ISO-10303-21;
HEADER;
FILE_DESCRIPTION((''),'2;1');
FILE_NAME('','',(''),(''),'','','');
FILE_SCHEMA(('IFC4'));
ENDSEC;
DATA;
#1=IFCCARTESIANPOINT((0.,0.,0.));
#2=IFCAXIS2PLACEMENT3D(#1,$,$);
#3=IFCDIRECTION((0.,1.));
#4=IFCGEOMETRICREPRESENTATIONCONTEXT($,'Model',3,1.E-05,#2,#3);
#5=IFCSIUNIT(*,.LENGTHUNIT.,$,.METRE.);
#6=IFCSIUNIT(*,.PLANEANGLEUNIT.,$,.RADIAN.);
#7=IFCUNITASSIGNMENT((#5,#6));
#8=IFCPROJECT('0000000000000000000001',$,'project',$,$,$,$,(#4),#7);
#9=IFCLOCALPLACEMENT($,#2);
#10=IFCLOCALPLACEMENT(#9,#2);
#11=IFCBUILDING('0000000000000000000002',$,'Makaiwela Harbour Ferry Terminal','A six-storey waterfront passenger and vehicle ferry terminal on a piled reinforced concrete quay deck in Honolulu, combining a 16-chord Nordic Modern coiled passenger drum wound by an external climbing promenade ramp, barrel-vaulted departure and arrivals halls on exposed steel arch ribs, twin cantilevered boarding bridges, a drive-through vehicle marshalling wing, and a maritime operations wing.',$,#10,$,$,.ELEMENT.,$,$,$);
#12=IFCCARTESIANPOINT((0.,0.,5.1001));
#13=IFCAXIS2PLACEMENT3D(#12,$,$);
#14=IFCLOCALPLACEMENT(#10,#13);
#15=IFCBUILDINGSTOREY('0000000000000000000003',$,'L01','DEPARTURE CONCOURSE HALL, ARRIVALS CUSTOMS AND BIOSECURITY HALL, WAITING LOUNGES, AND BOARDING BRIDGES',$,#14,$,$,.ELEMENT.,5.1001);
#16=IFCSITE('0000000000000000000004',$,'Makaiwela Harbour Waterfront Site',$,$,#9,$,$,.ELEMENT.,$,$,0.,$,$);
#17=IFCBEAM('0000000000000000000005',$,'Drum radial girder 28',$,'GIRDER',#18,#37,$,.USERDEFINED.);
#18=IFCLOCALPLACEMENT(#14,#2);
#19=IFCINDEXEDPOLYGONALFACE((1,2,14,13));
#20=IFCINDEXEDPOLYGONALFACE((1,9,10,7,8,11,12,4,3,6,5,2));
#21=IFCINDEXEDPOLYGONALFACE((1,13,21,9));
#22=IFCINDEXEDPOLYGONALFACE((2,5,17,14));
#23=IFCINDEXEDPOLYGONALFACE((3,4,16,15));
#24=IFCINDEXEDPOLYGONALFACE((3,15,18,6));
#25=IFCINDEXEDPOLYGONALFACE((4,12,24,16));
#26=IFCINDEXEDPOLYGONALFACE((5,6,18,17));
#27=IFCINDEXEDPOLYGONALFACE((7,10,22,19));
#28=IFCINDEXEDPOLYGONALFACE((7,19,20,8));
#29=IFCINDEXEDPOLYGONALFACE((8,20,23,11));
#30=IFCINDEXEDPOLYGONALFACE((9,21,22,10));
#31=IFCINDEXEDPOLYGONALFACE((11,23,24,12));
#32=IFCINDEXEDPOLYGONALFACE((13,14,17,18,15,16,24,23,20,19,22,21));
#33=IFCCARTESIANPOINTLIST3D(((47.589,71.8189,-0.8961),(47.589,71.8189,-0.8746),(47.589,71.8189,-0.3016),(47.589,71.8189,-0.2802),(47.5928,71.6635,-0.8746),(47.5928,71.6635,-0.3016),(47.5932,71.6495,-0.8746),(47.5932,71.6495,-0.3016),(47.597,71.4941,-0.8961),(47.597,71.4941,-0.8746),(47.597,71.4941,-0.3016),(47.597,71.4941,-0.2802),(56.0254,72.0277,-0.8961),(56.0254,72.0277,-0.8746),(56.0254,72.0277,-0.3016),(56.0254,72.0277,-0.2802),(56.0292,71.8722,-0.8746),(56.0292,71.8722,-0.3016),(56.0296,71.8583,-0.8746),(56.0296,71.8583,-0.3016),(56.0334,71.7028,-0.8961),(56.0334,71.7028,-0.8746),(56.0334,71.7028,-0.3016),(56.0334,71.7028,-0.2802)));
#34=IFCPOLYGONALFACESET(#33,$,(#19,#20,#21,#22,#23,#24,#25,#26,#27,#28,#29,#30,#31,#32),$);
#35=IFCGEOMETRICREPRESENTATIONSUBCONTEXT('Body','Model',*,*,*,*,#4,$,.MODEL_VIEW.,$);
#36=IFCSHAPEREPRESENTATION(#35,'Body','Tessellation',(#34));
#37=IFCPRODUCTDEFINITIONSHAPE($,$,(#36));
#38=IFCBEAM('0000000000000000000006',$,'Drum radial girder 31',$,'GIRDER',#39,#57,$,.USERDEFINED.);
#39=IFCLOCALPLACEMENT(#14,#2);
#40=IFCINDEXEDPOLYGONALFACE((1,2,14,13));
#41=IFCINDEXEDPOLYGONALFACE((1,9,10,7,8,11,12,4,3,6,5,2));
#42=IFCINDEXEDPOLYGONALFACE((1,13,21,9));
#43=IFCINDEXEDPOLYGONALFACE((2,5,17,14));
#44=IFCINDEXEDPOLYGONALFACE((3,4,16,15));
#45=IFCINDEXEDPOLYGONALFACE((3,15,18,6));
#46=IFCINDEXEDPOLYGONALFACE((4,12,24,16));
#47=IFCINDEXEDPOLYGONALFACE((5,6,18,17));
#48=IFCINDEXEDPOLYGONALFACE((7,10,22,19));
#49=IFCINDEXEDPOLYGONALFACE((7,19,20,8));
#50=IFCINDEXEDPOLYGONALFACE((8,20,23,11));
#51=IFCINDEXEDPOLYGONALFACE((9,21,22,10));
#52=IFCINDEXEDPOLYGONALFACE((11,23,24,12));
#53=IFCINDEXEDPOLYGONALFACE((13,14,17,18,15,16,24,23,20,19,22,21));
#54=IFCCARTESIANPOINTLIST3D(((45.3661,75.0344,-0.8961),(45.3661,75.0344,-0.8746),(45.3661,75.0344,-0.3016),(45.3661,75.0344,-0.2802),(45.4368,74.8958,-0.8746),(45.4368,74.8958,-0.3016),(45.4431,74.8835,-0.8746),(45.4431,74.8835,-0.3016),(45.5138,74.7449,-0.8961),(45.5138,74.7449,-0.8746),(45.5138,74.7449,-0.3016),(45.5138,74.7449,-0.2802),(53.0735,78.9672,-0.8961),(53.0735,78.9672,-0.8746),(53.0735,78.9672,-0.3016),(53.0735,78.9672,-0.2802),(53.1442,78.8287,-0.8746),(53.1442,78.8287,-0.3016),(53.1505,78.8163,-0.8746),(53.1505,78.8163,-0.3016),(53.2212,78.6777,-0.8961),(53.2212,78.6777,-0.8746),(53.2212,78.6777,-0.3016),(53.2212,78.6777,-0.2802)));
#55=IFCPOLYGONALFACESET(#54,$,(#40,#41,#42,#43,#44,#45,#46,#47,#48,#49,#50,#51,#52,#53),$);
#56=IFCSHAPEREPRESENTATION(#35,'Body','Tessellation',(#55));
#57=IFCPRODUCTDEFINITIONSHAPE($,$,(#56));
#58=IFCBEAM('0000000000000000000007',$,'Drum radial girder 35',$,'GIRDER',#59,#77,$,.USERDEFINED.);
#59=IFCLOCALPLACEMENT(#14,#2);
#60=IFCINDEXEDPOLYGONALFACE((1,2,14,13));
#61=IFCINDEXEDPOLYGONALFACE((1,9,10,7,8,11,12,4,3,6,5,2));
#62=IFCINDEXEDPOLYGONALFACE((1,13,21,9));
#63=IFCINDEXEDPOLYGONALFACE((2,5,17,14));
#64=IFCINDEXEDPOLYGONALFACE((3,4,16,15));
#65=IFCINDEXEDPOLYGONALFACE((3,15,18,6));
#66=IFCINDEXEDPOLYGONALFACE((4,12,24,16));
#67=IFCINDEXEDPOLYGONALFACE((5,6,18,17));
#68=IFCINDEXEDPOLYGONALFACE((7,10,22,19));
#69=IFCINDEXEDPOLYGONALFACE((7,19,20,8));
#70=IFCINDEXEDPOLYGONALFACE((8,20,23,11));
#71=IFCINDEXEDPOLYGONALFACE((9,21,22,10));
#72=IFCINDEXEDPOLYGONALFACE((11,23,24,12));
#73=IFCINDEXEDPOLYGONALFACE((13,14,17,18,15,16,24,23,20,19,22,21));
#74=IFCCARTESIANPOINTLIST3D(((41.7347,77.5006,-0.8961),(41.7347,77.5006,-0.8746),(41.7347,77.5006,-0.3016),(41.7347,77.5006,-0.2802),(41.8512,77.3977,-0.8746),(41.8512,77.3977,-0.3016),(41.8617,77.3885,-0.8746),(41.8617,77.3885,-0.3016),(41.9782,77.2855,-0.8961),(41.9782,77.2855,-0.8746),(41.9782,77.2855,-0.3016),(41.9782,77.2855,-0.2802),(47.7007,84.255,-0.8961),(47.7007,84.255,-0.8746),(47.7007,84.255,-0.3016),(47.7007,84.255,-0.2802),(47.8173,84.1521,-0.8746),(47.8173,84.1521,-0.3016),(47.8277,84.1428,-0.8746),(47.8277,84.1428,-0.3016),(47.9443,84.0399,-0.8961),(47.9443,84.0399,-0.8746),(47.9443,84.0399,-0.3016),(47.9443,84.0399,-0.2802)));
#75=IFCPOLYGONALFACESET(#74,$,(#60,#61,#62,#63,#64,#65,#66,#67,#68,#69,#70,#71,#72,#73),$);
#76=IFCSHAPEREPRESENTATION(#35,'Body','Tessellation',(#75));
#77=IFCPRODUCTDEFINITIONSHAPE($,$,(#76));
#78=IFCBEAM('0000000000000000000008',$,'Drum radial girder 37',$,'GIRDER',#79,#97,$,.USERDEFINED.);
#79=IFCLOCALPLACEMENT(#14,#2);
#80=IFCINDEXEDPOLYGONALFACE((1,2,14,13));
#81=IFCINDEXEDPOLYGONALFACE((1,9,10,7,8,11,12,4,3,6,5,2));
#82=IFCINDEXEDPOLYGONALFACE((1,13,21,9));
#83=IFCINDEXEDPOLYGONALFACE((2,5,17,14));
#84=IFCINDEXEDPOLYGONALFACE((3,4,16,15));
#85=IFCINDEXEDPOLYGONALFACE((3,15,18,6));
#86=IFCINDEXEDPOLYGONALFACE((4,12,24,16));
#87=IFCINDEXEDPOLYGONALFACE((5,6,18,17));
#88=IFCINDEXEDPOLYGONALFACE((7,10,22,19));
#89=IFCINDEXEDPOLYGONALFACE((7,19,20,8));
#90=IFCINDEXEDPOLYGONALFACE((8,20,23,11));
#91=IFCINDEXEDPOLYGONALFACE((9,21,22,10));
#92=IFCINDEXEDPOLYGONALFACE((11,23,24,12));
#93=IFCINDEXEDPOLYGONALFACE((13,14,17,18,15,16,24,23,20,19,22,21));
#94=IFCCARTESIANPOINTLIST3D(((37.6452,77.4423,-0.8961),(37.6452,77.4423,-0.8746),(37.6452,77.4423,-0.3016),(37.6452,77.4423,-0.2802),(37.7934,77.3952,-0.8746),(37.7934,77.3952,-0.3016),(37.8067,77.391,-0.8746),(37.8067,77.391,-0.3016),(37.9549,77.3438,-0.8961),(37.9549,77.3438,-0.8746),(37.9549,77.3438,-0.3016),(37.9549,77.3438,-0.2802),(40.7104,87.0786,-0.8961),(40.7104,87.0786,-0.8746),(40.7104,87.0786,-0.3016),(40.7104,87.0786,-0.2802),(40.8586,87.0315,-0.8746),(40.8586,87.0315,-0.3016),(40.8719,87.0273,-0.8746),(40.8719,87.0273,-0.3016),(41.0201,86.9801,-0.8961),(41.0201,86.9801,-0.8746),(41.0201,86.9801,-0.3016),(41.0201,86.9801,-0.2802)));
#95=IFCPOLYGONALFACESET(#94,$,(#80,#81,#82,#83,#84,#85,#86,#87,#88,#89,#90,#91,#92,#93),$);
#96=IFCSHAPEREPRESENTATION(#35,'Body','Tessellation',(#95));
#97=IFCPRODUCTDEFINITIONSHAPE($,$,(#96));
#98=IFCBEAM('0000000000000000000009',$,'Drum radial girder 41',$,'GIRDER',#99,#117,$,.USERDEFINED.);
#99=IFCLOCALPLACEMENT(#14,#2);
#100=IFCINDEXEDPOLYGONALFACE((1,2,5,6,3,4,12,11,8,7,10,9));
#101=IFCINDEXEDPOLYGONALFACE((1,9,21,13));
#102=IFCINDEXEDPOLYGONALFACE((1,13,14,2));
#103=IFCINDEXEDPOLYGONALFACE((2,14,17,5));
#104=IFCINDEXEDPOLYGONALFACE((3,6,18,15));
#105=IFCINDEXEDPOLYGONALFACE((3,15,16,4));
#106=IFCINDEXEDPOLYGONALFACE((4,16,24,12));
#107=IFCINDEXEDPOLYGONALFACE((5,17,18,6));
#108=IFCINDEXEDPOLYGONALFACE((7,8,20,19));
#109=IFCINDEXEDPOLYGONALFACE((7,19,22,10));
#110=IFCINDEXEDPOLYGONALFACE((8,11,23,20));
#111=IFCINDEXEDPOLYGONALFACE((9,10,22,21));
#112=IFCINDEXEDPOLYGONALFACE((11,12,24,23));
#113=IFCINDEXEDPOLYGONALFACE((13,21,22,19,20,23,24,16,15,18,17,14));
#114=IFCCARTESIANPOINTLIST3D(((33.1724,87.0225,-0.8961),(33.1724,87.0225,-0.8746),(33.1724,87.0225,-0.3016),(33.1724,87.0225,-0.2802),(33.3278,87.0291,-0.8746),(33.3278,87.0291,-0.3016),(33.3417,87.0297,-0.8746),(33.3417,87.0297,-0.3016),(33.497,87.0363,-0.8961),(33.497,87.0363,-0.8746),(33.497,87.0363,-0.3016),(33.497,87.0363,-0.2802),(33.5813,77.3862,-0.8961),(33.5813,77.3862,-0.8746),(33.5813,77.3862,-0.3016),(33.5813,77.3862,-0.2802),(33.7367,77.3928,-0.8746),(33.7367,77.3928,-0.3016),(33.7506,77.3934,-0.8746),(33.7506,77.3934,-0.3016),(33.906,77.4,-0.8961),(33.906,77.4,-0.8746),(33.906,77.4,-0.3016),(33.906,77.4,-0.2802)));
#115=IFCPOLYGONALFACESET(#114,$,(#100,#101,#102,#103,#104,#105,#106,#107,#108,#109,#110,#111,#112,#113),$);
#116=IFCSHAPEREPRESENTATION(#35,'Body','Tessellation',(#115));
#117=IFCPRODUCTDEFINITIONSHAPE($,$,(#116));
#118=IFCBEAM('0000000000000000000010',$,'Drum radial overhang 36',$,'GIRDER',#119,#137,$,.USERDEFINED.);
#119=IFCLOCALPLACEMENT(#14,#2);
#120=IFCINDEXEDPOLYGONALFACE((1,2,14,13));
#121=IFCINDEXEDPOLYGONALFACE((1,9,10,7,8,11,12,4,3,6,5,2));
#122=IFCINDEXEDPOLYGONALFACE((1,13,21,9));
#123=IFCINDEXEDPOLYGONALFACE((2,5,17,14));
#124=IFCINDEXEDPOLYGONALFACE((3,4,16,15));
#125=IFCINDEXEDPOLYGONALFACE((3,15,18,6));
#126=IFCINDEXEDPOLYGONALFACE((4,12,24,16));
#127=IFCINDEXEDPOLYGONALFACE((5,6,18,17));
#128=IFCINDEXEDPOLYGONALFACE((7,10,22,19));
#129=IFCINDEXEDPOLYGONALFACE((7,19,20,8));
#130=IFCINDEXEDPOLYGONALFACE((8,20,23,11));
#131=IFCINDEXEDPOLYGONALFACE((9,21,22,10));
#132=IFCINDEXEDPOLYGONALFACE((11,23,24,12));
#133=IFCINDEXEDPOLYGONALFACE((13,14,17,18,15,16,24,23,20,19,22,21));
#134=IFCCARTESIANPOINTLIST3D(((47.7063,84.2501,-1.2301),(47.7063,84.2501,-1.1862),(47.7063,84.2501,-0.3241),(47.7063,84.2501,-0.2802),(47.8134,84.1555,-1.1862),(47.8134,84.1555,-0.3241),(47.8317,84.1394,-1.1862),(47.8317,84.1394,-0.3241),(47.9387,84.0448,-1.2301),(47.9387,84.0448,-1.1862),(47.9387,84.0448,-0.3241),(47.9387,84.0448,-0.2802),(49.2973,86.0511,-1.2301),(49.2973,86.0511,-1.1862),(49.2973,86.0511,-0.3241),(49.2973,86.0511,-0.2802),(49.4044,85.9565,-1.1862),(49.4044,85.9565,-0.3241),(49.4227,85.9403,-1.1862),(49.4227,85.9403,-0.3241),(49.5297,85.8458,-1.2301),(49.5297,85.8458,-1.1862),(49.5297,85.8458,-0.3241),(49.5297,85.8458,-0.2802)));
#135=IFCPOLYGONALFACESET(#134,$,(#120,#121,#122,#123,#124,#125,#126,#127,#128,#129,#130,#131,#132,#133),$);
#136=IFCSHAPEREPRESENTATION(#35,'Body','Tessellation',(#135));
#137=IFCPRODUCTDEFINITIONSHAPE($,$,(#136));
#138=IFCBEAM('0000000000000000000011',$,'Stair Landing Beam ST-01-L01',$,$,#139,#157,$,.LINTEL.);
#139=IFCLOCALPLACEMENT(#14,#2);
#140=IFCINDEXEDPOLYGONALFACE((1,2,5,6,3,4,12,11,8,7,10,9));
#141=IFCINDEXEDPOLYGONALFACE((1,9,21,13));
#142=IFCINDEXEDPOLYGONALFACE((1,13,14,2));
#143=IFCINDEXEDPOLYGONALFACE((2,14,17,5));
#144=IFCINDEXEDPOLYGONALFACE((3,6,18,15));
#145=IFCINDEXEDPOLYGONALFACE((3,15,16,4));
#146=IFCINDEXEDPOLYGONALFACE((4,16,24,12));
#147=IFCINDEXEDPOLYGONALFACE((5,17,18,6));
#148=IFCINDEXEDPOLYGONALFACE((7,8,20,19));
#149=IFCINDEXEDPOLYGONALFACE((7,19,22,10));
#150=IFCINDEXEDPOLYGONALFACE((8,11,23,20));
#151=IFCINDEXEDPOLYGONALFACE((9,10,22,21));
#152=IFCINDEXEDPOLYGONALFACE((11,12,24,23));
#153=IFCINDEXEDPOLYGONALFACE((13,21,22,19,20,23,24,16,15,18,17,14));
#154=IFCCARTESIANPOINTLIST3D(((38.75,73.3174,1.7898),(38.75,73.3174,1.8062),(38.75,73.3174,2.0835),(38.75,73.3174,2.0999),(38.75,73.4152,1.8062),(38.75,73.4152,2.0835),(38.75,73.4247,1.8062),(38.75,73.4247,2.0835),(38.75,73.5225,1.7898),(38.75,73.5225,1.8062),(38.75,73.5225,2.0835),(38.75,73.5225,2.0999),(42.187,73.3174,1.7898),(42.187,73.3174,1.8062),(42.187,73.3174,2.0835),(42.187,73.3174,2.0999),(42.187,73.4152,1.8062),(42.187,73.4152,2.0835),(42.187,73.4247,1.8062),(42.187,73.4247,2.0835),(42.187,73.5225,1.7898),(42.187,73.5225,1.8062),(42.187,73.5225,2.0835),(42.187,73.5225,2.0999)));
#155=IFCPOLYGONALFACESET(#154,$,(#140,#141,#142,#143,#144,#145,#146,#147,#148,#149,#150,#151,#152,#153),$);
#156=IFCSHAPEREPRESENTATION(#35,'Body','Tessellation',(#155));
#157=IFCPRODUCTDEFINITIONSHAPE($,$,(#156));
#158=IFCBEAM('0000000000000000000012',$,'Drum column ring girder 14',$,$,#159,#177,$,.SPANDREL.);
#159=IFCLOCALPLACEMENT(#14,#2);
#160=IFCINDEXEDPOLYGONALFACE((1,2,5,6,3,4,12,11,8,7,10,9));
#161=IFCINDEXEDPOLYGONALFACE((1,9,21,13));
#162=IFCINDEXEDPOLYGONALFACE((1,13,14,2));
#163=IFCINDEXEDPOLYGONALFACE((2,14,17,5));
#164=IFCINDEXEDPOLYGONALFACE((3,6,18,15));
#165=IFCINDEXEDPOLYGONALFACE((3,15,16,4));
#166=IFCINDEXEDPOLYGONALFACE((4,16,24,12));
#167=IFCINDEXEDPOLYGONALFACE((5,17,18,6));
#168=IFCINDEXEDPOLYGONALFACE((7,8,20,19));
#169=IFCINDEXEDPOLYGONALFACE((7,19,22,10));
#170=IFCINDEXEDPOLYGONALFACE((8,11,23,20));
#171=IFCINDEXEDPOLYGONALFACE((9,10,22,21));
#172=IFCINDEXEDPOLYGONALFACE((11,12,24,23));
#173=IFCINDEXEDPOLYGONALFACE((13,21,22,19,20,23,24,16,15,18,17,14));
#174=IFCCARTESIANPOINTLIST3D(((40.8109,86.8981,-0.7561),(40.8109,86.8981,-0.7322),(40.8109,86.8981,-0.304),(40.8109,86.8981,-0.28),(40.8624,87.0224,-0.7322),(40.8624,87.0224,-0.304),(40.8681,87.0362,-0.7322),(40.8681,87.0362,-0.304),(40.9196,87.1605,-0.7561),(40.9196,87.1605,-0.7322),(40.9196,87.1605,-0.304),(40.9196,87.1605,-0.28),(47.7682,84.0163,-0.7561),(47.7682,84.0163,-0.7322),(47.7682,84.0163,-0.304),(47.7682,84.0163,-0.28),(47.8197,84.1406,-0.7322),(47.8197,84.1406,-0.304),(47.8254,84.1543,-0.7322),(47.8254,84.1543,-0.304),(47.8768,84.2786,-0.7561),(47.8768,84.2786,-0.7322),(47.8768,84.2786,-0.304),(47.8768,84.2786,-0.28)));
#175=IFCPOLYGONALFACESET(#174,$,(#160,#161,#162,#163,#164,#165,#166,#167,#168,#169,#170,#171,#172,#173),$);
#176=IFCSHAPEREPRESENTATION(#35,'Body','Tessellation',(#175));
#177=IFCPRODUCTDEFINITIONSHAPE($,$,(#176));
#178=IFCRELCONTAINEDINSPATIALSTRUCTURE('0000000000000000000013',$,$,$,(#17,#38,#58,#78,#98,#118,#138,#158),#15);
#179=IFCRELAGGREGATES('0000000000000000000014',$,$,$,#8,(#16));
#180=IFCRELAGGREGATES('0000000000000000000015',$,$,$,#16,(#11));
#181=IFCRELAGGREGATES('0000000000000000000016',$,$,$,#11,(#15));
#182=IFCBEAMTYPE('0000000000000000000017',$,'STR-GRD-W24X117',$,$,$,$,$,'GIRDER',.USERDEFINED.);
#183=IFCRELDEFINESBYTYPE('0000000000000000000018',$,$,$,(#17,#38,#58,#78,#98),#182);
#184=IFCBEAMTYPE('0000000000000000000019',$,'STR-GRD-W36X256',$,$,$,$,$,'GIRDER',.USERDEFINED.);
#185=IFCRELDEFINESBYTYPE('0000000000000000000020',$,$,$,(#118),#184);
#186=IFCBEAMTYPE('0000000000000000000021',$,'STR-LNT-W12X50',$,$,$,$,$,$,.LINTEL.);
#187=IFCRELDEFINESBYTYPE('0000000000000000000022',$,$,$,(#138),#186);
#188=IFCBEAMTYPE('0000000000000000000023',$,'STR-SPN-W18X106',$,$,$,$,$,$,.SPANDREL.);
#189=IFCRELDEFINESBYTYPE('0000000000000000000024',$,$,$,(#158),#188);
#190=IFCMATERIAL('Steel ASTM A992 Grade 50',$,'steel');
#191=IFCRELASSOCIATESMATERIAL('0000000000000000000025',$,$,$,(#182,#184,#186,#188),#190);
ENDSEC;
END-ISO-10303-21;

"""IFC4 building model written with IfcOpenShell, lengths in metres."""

from ifc_helpers import new_model, si_unit, direction, frame, origin, origin_2d, place, context, subcontext, project, spatial, i_section, extrude, material, material_profile, profile_set, type_object, element, save


model = new_model("IFC4")

# Units and contexts
model_context = context("Model", 3, precision=1e-05, world=origin(), true_north=direction((0.0, 1.0)))
body_context = subcontext(model_context, "Body", "Model", "MODEL_VIEW")
ifc_project = project(units=[si_unit("LENGTHUNIT", "METRE"), si_unit("PLANEANGLEUNIT", "RADIAN")], contexts=[model_context])

# Site, building, storey
site_placement = place(None, origin())
site = spatial("IfcSite", under=ifc_project, at=site_placement, Name="Makaiwela Harbour Waterfront Site", CompositionType="ELEMENT", RefElevation=0.0)
building_placement = place(site_placement, origin())
building = spatial("IfcBuilding", under=site, at=building_placement, Name="Makaiwela Harbour Ferry Terminal", Description="A six-storey waterfront passenger and vehicle ferry terminal on a piled reinforced concrete quay deck in Honolulu, combining a 16-chord Nordic Modern coiled passenger drum wound by an external climbing promenade ramp, barrel-vaulted departure and arrivals halls on exposed steel arch ribs, twin cantilevered boarding bridges, a drive-through vehicle marshalling wing, and a maritime operations wing.", CompositionType="ELEMENT")
storey_placement = place(building_placement, frame((0.0, 0.0, 5.1001)))
storey = spatial("IfcBuildingStorey", under=building, at=storey_placement, Name="L01", Description="DEPARTURE CONCOURSE HALL, ARRIVALS CUSTOMS AND BIOSECURITY HALL, WAITING LOUNGES, AND BOARDING BRIDGES", CompositionType="ELEMENT", Elevation=5.1001)

# Shared definitions
ifc_material_1 = material(Name="Steel ASTM A992 Grade 50", Category="steel")

# Beams
ifc_material_profile_1 = material_profile(ifc_material_1, i_section(OverallWidth=0.325, OverallDepth=0.616, WebThickness=0.0139, FlangeThickness=0.0215, at=origin_2d()), Name="W24X117")
ifc_profile_set_1 = profile_set([ifc_material_profile_1], Name="Steel ASTM A992 Grade 50")
beam_type_1 = type_object("IfcBeamType", Name="STR-GRD-W24X117", ElementType="GIRDER", PredefinedType="USERDEFINED", material=ifc_profile_set_1)
beam_1_placement = place(storey_placement, frame((47.593, 71.6565, -0.5881), z_axis=(0.999694, 0.024736, 0.0), x_axis=(-0.024736, 0.999694, 0.0)))
element("IfcBeam", 1, at=beam_1_placement, inside=storey, type_object=beam_type_1, Name="Drum radial girder 28", ObjectType="GIRDER", PredefinedType="USERDEFINED", context=body_context, shape_type="SweptSolid", body=[
    extrude(i_section(OverallWidth=0.325, OverallDepth=0.616, WebThickness=0.0139, FlangeThickness=0.0215, at=origin_2d()), origin(), (0.0, 0.0, 1.0), 8.439),
])
beam_2_placement = place(storey_placement, frame((45.4399, 74.8896, -0.5881), z_axis=(0.890741, 0.454512, 0.0), x_axis=(-0.454512, 0.890741, 0.0)))
element("IfcBeam", 2, at=beam_2_placement, inside=storey, type_object=beam_type_1, Name="Drum radial girder 31", ObjectType="GIRDER", PredefinedType="USERDEFINED", context=body_context, shape_type="SweptSolid", body=[
    extrude(i_section(OverallWidth=0.325, OverallDepth=0.616, WebThickness=0.0139, FlangeThickness=0.0215, at=origin_2d()), origin(), (0.0, 0.0, 1.0), 8.6528),
])
beam_3_placement = place(storey_placement, frame((41.8564, 77.3931, -0.5881), z_axis=(0.662015, 0.749491, 0.0), x_axis=(-0.749491, 0.662015, 0.0)))
element("IfcBeam", 3, at=beam_3_placement, inside=storey, type_object=beam_type_1, Name="Drum radial girder 35", ObjectType="GIRDER", PredefinedType="USERDEFINED", context=body_context, shape_type="SweptSolid", body=[
    extrude(i_section(OverallWidth=0.325, OverallDepth=0.616, WebThickness=0.0139, FlangeThickness=0.0215, at=origin_2d()), origin(), (0.0, 0.0, 1.0), 9.012),
])
beam_4_placement = place(storey_placement, frame((37.8, 77.3931, -0.5881), z_axis=(0.303124, 0.952951, 0.0), x_axis=(-0.952951, 0.303124, 0.0)))
element("IfcBeam", 4, at=beam_4_placement, inside=storey, type_object=beam_type_1, Name="Drum radial girder 37", ObjectType="GIRDER", PredefinedType="USERDEFINED", context=body_context, shape_type="SweptSolid", body=[
    extrude(i_section(OverallWidth=0.325, OverallDepth=0.616, WebThickness=0.0139, FlangeThickness=0.0215, at=origin_2d()), origin(), (0.0, 0.0, 1.0), 10.1121),
])
beam_5_placement = place(storey_placement, frame((33.7437, 77.3931, -0.5881), z_axis=(-0.042399, 0.999101, 0.0), x_axis=(-0.999101, -0.042399, 0.0)))
element("IfcBeam", 5, at=beam_5_placement, inside=storey, type_object=beam_type_1, Name="Drum radial girder 41", ObjectType="GIRDER", PredefinedType="USERDEFINED", context=body_context, shape_type="SweptSolid", body=[
    extrude(i_section(OverallWidth=0.325, OverallDepth=0.616, WebThickness=0.0139, FlangeThickness=0.0215, at=origin_2d()), origin(), (0.0, 0.0, 1.0), 9.645),
])
ifc_material_profile_2 = material_profile(ifc_material_1, i_section(OverallWidth=0.3101, OverallDepth=0.95, WebThickness=0.0244, FlangeThickness=0.0439, at=origin_2d()), Name="W36X256")
ifc_profile_set_2 = profile_set([ifc_material_profile_2], Name="Steel ASTM A992 Grade 50")
beam_type_2 = type_object("IfcBeamType", Name="STR-GRD-W36X256", ElementType="GIRDER", PredefinedType="USERDEFINED", material=ifc_profile_set_2)
beam_6_placement = place(storey_placement, frame((47.8225, 84.1475, -0.7551), z_axis=(0.662072, 0.74944, 0.0), x_axis=(-0.74944, 0.662072, 0.0)))
element("IfcBeam", 6, at=beam_6_placement, inside=storey, type_object=beam_type_2, Name="Drum radial overhang 36", ObjectType="GIRDER", PredefinedType="USERDEFINED", context=body_context, shape_type="SweptSolid", body=[
    extrude(i_section(OverallWidth=0.3101, OverallDepth=0.95, WebThickness=0.0244, FlangeThickness=0.0439, at=origin_2d()), origin(), (0.0, 0.0, 1.0), 2.4031),
])
ifc_material_profile_3 = material_profile(ifc_material_1, i_section(OverallWidth=0.2051, OverallDepth=0.3101, WebThickness=0.0095, FlangeThickness=0.0164, at=origin_2d()), Name="W12X50")
ifc_profile_set_3 = profile_set([ifc_material_profile_3], Name="Steel ASTM A992 Grade 50")
beam_type_3 = type_object("IfcBeamType", Name="STR-LNT-W12X50", PredefinedType="LINTEL", material=ifc_profile_set_3)
beam_7_placement = place(storey_placement, frame((38.75, 73.4199, 1.9448), z_axis=(1.0, 0.0, 0.0), x_axis=(0.0, 1.0, 0.0)))
element("IfcBeam", 7, at=beam_7_placement, inside=storey, type_object=beam_type_3, Name="Stair Landing Beam ST-01-L01", PredefinedType="LINTEL", context=body_context, shape_type="SweptSolid", body=[
    extrude(i_section(OverallWidth=0.2051, OverallDepth=0.3101, WebThickness=0.0095, FlangeThickness=0.0164, at=origin_2d()), origin(), (0.0, 0.0, 1.0), 3.437),
])
ifc_material_profile_4 = material_profile(ifc_material_1, i_section(OverallWidth=0.2839, OverallDepth=0.4761, WebThickness=0.0149, FlangeThickness=0.0239, at=origin_2d()), Name="W18X106")
ifc_profile_set_4 = profile_set([ifc_material_profile_4], Name="Steel ASTM A992 Grade 50")
beam_type_4 = type_object("IfcBeamType", Name="STR-SPN-W18X106", PredefinedType="SPANDREL", material=ifc_profile_set_4)
beam_8_placement = place(storey_placement, frame((47.8225, 84.1475, -0.5181), z_axis=(-0.923878, 0.382688, 0.0), x_axis=(-0.382688, -0.923878, 0.0)))
element("IfcBeam", 8, at=beam_8_placement, inside=storey, type_object=beam_type_4, Name="Drum column ring girder 14", PredefinedType="SPANDREL", context=body_context, shape_type="SweptSolid", body=[
    extrude(i_section(OverallWidth=0.2839, OverallDepth=0.4761, WebThickness=0.0149, FlangeThickness=0.0239, at=origin_2d()), origin(), (0.0, 0.0, 1.0), 7.5305),
])

save(model, "model.ifc")
